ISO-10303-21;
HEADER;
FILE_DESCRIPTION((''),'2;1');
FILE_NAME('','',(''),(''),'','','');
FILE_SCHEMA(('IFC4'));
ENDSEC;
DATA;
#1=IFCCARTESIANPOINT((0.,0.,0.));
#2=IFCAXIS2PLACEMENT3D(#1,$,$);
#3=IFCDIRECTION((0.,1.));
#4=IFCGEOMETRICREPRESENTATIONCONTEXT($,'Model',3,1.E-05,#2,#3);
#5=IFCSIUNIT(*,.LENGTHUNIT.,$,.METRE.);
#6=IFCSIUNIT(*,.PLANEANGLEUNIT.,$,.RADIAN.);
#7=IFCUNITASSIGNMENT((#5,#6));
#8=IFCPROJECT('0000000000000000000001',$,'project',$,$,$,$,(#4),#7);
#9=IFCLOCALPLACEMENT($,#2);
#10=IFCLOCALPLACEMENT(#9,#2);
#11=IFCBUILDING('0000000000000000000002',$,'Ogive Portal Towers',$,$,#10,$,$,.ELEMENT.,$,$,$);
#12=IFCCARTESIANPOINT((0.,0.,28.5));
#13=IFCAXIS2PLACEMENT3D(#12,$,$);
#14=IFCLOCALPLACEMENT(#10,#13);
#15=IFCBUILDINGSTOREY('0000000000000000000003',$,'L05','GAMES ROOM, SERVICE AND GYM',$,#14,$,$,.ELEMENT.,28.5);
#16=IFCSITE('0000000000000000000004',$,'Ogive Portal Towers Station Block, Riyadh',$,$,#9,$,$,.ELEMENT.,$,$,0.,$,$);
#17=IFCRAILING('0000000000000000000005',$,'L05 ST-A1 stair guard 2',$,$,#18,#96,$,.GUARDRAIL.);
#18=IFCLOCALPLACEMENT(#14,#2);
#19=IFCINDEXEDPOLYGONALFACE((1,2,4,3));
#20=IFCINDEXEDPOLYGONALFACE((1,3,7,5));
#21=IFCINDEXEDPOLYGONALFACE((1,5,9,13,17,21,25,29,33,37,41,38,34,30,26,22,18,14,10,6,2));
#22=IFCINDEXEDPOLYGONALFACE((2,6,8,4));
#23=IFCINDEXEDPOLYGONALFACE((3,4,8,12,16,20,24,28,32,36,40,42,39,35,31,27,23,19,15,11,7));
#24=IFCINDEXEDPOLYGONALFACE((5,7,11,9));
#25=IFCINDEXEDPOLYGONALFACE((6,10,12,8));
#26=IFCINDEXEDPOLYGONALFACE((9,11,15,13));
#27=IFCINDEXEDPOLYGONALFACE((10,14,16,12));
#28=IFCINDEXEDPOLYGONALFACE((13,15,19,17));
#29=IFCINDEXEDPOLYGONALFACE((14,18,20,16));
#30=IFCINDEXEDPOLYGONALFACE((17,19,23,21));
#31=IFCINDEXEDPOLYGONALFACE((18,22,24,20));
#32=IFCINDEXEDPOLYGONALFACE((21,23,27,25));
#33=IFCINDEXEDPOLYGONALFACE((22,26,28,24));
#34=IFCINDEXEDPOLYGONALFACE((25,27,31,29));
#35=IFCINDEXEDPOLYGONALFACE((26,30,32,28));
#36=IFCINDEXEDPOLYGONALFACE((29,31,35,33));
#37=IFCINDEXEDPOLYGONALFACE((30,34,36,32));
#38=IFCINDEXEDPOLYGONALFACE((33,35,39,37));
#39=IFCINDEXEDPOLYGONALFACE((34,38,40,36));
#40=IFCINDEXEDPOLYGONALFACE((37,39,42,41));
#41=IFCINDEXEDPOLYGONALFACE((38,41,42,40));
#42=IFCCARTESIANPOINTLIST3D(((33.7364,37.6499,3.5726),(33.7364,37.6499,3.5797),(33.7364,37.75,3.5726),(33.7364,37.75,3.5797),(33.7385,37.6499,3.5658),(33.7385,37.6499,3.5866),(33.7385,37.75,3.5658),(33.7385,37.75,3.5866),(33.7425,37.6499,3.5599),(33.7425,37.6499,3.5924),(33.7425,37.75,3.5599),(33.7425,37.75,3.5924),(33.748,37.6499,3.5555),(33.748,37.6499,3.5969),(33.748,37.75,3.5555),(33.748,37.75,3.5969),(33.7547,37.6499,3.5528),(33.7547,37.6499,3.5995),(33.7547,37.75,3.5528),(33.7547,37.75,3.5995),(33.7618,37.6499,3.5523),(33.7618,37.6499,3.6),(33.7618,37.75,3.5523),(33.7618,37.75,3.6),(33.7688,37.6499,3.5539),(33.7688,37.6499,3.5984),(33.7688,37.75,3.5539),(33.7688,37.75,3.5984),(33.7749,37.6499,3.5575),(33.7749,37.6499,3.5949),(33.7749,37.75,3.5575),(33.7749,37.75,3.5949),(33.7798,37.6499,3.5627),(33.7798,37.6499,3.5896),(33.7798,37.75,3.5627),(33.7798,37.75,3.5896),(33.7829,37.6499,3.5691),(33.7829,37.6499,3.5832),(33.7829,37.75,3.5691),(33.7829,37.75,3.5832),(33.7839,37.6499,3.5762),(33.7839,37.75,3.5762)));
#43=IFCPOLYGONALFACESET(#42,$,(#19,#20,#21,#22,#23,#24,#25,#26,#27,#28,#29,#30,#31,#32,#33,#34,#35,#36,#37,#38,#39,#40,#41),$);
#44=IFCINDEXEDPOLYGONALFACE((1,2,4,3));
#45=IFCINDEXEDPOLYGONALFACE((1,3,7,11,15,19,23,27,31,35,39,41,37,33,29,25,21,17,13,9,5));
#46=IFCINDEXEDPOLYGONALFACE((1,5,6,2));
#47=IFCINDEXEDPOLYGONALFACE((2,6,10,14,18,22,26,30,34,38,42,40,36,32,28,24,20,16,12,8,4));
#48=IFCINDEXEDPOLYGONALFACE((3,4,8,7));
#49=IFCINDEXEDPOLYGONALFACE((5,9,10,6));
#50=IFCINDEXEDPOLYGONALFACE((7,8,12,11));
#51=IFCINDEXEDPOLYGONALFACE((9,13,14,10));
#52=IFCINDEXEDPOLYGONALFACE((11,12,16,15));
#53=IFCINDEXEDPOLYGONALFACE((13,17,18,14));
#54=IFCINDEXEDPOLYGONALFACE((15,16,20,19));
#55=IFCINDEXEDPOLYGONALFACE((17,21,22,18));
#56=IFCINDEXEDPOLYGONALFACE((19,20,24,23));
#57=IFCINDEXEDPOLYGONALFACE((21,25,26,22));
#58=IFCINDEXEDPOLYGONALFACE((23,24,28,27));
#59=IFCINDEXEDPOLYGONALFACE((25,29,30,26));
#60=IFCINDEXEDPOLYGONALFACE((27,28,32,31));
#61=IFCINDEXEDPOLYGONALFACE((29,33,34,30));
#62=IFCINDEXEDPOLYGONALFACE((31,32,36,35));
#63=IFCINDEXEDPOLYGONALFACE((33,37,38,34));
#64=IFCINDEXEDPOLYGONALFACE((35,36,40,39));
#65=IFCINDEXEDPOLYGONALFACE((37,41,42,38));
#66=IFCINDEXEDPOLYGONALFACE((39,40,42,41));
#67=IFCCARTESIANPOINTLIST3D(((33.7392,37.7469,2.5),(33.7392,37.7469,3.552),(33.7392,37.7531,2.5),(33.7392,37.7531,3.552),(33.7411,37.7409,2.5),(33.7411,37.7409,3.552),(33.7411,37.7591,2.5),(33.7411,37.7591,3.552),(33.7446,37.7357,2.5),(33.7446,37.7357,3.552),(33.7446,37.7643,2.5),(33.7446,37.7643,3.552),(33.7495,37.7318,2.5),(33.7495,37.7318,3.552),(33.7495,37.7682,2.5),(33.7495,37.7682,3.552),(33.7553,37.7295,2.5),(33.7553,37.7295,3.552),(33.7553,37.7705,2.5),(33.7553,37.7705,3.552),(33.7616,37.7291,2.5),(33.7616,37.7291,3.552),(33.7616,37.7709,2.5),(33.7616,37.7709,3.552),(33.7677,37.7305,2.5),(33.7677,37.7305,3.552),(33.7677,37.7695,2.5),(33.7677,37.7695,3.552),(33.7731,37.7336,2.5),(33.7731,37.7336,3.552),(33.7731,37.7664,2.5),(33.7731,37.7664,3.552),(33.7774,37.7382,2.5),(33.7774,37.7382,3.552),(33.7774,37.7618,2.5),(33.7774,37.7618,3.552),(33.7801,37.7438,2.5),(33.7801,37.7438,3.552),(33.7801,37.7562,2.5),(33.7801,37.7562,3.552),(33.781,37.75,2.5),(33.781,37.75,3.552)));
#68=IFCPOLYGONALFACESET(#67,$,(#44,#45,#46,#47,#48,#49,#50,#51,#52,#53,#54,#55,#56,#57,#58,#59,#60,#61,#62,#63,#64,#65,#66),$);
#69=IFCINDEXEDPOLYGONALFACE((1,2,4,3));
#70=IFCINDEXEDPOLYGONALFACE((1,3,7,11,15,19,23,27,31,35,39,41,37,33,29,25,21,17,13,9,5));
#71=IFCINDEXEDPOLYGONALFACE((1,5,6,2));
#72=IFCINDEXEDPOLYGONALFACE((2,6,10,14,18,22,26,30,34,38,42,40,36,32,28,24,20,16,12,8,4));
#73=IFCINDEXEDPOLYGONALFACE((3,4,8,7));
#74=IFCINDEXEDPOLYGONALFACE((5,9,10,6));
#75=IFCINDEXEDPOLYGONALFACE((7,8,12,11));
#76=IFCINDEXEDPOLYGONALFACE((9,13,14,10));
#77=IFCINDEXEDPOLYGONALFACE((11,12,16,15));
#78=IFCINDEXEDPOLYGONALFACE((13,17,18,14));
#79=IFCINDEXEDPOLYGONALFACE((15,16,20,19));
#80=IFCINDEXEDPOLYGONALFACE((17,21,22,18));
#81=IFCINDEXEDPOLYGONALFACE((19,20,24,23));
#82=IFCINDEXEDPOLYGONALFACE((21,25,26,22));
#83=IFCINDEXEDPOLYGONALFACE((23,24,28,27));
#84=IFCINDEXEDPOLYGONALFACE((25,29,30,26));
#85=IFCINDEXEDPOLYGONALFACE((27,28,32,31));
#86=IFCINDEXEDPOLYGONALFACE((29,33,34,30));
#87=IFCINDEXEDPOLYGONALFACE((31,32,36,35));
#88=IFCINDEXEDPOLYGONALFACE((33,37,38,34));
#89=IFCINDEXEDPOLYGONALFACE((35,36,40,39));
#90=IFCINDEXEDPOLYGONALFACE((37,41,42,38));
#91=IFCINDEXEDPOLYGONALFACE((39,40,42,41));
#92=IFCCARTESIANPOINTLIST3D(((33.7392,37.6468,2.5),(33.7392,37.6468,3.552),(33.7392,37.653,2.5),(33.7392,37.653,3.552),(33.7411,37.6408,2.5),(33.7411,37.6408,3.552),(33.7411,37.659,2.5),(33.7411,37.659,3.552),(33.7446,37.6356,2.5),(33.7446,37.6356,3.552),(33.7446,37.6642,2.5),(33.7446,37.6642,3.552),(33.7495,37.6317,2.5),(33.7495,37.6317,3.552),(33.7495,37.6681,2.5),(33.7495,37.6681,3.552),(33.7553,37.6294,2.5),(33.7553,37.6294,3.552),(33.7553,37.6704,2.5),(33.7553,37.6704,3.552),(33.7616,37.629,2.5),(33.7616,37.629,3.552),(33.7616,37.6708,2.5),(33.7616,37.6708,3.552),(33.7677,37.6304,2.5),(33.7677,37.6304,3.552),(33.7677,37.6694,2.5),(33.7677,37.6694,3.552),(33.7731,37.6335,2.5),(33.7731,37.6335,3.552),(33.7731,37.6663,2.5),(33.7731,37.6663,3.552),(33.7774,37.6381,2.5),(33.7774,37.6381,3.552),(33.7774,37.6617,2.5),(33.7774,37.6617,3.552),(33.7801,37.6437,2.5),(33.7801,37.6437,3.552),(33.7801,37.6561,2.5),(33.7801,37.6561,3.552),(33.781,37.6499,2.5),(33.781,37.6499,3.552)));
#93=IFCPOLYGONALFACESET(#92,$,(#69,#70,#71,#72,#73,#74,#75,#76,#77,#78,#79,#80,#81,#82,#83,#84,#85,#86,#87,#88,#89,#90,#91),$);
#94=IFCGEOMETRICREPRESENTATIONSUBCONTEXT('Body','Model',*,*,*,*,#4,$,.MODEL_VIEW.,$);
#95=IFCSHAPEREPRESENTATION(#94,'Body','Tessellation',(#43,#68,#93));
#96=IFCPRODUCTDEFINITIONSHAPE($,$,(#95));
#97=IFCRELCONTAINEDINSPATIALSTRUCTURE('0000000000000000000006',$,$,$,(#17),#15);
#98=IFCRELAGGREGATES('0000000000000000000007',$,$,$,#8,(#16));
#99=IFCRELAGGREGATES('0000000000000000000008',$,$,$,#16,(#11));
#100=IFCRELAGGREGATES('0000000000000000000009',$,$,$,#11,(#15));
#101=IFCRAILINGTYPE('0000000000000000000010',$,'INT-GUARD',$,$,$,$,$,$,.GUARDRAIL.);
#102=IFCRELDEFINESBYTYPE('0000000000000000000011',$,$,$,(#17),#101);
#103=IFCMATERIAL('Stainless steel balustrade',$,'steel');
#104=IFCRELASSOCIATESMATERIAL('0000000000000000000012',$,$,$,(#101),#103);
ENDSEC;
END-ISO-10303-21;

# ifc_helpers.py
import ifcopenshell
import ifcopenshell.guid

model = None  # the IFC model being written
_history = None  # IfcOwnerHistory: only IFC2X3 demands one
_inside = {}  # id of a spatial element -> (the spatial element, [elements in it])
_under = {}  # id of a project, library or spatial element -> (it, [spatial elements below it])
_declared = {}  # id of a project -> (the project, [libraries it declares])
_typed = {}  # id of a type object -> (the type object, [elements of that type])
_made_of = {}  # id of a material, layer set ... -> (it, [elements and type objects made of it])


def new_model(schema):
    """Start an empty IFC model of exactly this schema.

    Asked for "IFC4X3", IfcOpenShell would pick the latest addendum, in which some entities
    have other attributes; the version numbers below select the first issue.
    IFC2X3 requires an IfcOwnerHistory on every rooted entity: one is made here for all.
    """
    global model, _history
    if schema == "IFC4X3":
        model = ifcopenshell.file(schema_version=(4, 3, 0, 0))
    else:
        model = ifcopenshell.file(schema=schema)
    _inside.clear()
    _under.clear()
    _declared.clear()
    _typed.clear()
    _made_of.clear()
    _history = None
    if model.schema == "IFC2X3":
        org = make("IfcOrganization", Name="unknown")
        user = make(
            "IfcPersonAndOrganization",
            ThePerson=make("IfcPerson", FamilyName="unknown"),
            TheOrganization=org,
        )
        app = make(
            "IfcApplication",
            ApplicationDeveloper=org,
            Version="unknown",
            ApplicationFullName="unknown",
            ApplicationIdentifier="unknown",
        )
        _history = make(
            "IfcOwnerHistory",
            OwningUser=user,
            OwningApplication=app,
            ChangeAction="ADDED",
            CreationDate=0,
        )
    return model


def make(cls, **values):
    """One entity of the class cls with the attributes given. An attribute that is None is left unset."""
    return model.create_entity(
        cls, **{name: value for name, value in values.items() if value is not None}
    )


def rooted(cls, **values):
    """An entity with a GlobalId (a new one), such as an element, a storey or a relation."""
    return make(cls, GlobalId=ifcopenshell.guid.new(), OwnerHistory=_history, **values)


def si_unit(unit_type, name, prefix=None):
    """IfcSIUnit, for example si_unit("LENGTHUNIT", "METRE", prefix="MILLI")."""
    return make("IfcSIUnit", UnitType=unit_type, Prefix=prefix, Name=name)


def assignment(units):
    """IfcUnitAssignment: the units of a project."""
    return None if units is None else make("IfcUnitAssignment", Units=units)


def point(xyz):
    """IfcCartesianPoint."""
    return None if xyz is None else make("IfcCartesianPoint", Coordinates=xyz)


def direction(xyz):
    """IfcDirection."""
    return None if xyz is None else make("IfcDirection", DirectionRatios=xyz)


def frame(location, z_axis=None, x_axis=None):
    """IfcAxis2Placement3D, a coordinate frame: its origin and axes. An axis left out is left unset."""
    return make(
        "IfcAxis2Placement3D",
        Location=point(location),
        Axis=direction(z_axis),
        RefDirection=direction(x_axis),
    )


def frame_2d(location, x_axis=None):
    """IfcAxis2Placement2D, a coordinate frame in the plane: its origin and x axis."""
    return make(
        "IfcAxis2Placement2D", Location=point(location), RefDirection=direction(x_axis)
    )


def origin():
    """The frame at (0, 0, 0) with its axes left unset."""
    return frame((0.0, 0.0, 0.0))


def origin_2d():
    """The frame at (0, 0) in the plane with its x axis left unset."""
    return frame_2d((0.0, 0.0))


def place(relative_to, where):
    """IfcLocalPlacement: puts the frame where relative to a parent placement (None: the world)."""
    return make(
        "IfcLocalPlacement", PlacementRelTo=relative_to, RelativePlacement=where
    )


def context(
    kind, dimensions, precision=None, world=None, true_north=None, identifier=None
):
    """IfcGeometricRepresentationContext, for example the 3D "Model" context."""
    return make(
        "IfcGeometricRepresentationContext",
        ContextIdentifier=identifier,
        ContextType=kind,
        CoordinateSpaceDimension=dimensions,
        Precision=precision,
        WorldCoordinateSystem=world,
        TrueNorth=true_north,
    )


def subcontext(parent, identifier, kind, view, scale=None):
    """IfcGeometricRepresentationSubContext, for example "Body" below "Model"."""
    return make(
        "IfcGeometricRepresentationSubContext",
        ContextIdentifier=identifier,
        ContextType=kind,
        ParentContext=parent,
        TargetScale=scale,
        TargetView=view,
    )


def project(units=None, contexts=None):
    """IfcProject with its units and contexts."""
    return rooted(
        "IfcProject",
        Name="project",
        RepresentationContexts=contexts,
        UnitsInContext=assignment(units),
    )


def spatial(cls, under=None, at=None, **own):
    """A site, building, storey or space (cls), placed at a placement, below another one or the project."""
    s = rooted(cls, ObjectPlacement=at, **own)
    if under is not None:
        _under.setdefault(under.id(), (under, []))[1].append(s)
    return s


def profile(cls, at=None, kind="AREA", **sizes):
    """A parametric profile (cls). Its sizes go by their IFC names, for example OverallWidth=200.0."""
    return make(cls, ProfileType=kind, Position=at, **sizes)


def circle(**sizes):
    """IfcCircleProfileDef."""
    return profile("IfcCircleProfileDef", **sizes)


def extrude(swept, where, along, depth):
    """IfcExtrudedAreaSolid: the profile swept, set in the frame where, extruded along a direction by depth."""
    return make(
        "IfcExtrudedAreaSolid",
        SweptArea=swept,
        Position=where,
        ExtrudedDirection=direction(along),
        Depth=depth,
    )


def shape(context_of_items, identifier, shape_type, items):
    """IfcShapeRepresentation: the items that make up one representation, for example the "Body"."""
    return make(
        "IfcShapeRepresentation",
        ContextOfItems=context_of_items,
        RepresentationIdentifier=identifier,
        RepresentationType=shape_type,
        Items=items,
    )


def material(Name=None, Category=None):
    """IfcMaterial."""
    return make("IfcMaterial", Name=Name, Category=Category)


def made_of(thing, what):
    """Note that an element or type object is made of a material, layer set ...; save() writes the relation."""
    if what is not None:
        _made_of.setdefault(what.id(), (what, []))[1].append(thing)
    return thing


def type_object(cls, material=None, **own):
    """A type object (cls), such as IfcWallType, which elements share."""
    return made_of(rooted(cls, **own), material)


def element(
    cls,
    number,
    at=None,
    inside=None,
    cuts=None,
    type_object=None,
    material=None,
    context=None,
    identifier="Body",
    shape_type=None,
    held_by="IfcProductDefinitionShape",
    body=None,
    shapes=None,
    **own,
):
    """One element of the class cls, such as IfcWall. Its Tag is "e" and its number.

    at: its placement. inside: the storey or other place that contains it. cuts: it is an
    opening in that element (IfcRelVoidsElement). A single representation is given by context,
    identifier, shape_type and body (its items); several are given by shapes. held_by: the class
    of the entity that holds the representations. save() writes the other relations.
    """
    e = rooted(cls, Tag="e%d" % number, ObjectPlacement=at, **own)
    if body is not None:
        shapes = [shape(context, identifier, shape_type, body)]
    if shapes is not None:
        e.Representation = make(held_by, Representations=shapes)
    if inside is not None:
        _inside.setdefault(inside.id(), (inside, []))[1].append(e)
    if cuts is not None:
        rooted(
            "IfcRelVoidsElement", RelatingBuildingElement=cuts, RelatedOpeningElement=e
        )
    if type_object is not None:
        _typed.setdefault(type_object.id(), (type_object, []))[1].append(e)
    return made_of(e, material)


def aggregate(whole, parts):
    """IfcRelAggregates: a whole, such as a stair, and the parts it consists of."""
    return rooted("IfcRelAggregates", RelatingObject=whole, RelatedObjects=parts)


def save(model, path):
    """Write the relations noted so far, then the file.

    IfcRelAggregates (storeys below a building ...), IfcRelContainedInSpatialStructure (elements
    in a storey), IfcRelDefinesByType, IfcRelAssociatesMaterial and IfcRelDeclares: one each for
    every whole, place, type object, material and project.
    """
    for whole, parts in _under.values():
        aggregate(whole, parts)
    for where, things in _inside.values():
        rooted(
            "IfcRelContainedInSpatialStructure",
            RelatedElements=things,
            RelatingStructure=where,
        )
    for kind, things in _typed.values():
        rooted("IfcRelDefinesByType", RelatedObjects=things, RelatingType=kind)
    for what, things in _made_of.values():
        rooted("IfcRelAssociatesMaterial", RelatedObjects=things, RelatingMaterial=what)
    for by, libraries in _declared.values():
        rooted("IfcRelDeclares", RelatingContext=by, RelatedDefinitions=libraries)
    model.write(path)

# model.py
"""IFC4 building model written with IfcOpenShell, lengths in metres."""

from ifc_helpers import new_model, si_unit, direction, frame, origin, origin_2d, place, context, subcontext, project, spatial, circle, extrude, material, type_object, element, save


model = new_model("IFC4")

# Units and contexts
model_context = context("Model", 3, precision=1e-05, world=origin(), true_north=direction((0.0, 1.0)))
body_context = subcontext(model_context, "Body", "Model", "MODEL_VIEW")
ifc_project = project(units=[si_unit("LENGTHUNIT", "METRE"), si_unit("PLANEANGLEUNIT", "RADIAN")], contexts=[model_context])

# Site, building, storey
site_placement = place(None, origin())
site = spatial("IfcSite", under=ifc_project, at=site_placement, Name="Ogive Portal Towers Station Block, Riyadh", CompositionType="ELEMENT", RefElevation=0.0)
building_placement = place(site_placement, origin())
building = spatial("IfcBuilding", under=site, at=building_placement, Name="Ogive Portal Towers", CompositionType="ELEMENT")
storey_placement = place(building_placement, frame((0.0, 0.0, 28.5)))
storey = spatial("IfcBuildingStorey", under=building, at=storey_placement, Name="L05", Description="GAMES ROOM, SERVICE AND GYM", CompositionType="ELEMENT", Elevation=28.5)

# Railing
ifc_material_1 = material(Name="Stainless steel balustrade", Category="steel")
railing_type_1 = type_object("IfcRailingType", Name="INT-GUARD", PredefinedType="GUARDRAIL", material=ifc_material_1)
railing_1_placement = place(storey_placement, frame((33.76, 37.75, 2.5)))
element("IfcRailing", 1, at=railing_1_placement, inside=storey, type_object=railing_type_1, Name="L05 ST-A1 stair guard 2", PredefinedType="GUARDRAIL", context=body_context, shape_type="SweptSolid", body=[
    extrude(circle(Radius=0.0239, at=origin_2d()), frame((0.0, 0.0, 1.0762), z_axis=(0.0, -1.0, 0.0), x_axis=(1.0, 0.0, 0.0)), (0.0, 0.0, 1.0), 0.1001),
    extrude(circle(Radius=0.021, at=origin_2d()), origin(), (0.0, 0.0, 1.0), 1.052),
    extrude(circle(Radius=0.021, at=origin_2d()), frame((0.0, -0.1001, 0.0)), (0.0, 0.0, 1.0), 1.052),
])

save(model, "model.ifc")
